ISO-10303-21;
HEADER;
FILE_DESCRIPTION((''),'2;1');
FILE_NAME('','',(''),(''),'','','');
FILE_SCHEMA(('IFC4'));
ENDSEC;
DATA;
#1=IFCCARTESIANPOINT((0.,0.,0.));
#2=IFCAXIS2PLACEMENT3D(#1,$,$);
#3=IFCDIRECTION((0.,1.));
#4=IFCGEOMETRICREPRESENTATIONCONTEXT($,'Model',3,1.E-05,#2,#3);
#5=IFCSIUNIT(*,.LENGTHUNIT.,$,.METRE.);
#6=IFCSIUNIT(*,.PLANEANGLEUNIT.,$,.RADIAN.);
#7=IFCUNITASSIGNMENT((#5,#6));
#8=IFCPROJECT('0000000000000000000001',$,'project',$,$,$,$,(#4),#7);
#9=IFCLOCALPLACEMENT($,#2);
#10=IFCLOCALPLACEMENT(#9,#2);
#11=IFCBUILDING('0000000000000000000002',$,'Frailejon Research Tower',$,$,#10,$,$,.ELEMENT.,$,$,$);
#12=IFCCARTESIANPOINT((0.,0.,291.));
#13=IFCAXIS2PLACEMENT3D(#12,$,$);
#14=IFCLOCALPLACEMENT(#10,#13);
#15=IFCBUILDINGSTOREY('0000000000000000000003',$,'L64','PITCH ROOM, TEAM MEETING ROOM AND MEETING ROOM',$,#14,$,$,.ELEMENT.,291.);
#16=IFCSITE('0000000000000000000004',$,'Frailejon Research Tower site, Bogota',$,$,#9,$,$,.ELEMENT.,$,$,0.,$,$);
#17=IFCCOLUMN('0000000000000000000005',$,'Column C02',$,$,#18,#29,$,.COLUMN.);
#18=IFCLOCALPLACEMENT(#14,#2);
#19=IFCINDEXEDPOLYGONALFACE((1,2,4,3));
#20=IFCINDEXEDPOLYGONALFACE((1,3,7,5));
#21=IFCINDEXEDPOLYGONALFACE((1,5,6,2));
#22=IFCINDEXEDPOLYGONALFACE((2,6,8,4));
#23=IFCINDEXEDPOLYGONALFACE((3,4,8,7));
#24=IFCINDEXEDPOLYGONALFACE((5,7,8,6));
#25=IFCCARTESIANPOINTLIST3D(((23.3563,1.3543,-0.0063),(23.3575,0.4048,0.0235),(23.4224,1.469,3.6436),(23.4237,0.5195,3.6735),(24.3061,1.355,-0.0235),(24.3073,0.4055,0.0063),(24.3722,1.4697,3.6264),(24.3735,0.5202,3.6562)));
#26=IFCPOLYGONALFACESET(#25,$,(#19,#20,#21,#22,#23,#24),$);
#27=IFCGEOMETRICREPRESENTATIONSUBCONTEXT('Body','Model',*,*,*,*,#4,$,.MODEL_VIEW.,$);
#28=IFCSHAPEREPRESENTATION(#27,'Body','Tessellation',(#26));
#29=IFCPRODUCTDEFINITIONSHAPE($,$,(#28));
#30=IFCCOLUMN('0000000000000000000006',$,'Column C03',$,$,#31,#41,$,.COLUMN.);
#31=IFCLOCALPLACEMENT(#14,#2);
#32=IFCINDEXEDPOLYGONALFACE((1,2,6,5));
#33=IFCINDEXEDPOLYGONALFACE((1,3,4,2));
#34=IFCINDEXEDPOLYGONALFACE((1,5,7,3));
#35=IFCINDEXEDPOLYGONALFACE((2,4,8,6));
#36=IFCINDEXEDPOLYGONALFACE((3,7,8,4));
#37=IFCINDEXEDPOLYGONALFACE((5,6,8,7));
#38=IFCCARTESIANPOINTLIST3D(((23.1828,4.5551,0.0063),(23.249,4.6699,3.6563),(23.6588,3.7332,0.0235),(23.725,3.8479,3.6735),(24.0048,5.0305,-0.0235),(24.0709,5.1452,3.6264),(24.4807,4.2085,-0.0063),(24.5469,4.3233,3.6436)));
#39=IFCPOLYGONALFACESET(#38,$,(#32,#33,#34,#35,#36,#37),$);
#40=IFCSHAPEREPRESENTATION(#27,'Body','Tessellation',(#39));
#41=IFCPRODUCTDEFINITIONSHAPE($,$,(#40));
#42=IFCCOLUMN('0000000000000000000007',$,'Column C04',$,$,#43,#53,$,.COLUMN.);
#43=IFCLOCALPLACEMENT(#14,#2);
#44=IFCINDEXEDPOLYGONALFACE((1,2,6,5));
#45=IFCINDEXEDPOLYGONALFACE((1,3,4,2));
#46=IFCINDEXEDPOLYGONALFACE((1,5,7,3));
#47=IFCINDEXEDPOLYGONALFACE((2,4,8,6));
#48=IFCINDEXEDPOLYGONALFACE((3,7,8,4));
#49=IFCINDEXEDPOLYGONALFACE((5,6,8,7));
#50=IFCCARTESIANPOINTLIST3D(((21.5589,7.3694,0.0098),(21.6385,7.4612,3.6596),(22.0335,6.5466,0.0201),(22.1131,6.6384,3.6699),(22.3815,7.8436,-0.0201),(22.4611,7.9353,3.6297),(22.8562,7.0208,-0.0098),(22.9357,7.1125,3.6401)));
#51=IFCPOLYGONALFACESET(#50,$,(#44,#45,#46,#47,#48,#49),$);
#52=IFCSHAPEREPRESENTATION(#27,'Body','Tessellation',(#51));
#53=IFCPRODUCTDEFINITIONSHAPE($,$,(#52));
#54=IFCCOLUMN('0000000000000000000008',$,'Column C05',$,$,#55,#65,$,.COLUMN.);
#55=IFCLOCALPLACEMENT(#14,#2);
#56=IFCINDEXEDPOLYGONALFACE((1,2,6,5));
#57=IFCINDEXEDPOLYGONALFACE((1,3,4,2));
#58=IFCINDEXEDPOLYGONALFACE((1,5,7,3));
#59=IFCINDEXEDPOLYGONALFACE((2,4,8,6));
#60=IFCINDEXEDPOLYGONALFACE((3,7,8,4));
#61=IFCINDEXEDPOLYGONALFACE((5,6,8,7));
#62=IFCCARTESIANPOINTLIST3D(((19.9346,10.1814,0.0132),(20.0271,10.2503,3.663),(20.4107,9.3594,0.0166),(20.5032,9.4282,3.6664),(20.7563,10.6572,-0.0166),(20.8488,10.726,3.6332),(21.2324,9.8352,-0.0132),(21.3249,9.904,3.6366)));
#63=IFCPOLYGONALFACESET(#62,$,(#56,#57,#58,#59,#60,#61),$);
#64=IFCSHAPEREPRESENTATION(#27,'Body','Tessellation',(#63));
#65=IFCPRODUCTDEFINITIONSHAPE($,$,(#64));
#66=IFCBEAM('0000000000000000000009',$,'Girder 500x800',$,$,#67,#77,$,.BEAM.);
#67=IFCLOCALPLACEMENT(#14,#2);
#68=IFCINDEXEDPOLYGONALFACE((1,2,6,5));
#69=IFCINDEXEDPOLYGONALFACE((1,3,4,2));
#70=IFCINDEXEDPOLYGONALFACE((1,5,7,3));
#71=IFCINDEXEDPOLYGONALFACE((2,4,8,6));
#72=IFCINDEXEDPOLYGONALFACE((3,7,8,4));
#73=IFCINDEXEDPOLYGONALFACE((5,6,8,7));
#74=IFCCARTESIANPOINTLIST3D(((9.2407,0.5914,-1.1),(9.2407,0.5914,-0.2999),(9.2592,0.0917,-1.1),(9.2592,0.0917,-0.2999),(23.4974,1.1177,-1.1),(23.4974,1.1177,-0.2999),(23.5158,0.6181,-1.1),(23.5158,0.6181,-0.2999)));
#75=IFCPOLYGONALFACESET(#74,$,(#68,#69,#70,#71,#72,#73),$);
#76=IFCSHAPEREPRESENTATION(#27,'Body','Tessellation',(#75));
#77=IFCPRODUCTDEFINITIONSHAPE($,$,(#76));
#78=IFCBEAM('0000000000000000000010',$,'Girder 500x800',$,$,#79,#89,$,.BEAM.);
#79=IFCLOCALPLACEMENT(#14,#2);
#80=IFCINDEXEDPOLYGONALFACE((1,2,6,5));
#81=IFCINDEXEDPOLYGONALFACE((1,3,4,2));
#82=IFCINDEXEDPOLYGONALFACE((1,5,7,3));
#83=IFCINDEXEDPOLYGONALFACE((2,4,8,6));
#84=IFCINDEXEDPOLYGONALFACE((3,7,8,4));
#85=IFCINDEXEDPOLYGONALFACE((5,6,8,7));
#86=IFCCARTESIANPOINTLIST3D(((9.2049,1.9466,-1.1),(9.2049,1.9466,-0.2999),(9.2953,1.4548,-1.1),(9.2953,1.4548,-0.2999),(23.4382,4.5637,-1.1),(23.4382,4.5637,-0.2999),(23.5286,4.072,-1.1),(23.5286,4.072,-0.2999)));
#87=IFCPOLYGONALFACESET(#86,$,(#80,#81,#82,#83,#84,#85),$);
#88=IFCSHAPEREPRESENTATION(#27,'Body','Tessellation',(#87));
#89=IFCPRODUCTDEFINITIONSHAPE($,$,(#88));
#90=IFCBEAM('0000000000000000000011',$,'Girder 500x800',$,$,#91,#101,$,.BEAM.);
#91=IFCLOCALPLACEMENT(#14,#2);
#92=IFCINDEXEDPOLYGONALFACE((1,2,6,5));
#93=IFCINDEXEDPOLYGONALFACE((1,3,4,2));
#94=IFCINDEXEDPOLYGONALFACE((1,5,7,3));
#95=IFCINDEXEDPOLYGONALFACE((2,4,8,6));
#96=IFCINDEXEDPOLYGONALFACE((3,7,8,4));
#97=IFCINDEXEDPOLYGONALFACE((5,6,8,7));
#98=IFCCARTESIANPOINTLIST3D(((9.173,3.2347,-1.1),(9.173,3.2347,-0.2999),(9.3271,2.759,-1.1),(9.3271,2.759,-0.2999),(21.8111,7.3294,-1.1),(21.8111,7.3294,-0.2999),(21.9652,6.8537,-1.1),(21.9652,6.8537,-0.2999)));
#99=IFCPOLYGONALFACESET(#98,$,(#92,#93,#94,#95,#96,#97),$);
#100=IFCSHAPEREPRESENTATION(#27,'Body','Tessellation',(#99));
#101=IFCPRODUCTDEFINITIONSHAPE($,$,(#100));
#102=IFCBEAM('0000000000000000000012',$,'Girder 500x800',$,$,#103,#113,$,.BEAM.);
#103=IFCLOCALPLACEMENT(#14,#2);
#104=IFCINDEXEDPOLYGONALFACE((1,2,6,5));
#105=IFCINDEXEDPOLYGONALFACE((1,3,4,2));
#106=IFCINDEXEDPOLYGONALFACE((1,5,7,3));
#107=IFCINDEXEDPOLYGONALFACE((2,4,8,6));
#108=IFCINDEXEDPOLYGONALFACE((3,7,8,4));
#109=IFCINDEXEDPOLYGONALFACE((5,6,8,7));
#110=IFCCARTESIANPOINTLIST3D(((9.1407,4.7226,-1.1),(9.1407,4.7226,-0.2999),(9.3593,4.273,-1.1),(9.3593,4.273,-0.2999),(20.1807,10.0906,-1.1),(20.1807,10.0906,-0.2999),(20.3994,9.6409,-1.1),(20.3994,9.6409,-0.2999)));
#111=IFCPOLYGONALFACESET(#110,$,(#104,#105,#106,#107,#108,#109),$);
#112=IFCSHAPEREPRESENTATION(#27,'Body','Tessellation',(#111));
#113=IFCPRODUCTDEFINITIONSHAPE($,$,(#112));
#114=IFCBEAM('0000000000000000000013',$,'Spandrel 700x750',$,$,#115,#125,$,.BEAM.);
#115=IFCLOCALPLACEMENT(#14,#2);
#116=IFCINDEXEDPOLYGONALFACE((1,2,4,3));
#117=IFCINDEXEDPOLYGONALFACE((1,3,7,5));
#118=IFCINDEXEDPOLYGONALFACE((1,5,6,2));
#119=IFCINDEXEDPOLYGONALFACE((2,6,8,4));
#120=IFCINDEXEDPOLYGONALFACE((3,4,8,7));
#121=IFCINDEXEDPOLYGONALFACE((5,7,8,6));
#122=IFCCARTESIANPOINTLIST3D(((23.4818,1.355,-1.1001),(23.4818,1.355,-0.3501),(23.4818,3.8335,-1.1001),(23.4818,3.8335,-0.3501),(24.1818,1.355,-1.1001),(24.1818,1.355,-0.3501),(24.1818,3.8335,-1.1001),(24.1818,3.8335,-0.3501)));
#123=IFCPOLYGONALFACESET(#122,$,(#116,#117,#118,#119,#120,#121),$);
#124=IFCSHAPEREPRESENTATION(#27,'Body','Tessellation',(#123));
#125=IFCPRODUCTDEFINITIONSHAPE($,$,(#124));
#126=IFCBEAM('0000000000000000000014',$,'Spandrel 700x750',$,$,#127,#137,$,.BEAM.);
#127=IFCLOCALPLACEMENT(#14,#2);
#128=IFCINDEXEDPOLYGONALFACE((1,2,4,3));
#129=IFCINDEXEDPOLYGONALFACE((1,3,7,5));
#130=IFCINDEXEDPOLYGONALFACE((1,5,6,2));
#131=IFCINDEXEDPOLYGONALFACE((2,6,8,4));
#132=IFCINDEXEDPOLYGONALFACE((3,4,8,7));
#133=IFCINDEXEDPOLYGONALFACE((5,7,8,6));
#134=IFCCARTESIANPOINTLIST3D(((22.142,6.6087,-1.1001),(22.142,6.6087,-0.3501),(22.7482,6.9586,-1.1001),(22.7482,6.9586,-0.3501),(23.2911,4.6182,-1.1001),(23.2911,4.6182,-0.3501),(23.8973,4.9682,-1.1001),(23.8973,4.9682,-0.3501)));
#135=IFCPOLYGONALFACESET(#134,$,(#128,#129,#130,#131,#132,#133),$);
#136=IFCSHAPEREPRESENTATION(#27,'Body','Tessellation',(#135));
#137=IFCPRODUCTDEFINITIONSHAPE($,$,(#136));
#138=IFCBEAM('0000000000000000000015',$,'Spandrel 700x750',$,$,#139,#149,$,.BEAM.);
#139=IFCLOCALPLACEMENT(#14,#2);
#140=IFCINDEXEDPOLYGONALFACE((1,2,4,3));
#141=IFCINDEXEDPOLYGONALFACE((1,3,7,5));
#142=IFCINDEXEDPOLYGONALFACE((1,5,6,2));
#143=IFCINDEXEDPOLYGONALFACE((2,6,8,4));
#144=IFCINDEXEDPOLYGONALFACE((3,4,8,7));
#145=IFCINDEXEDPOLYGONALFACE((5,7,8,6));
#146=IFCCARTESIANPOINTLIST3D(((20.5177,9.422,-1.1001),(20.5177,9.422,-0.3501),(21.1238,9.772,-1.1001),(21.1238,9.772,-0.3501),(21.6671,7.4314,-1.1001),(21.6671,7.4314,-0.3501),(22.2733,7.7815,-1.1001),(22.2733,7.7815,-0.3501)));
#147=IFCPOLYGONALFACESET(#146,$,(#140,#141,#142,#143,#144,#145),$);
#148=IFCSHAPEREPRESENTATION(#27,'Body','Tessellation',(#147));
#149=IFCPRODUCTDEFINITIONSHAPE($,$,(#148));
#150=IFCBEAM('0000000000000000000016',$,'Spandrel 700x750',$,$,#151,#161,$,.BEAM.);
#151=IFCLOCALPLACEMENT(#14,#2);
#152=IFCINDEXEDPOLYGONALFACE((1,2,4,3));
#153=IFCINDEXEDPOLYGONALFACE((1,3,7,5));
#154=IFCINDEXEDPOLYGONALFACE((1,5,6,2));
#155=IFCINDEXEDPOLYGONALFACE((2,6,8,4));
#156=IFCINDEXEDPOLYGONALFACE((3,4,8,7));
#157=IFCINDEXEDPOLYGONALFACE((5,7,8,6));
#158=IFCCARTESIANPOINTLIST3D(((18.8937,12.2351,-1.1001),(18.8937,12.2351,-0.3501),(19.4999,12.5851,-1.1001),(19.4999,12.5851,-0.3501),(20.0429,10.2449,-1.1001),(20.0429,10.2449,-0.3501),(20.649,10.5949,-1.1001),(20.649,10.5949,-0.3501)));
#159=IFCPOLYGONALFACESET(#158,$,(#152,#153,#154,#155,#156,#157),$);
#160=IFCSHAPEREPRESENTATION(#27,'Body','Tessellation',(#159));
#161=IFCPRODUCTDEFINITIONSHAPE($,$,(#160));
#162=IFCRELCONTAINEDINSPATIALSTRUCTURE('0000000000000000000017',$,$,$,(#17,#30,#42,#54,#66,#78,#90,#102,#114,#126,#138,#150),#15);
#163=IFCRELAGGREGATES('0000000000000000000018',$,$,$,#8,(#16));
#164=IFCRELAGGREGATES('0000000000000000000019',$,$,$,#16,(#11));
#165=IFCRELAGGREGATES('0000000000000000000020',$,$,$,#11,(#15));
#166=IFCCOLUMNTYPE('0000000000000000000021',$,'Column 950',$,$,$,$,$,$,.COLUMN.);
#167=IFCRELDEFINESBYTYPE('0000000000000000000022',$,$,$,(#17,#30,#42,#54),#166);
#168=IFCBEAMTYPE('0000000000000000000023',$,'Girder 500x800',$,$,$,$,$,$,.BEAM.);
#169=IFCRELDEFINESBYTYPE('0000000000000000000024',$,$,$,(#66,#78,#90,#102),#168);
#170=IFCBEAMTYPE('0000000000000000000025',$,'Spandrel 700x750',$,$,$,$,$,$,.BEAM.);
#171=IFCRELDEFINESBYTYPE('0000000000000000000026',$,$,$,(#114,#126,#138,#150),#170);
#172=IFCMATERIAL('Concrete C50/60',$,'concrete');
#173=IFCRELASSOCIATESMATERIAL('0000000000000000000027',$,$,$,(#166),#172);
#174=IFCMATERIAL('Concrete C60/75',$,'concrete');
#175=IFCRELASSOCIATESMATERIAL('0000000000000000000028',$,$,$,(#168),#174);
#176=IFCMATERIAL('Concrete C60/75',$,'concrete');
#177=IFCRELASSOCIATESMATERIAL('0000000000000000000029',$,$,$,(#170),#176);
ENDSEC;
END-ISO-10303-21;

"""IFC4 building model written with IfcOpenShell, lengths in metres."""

from ifc_helpers import new_model, si_unit, direction, frame, origin, origin_2d, place, context, subcontext, project, spatial, rectangle, extrude, material, material_profile, profile_set, type_object, element, save


model = new_model("IFC4")

# Units and contexts
model_context = context("Model", 3, precision=1e-05, world=origin(), true_north=direction((0.0, 1.0)))
body_context = subcontext(model_context, "Body", "Model", "MODEL_VIEW")
ifc_project = project(units=[si_unit("LENGTHUNIT", "METRE"), si_unit("PLANEANGLEUNIT", "RADIAN")], contexts=[model_context])

# Site, building, storey
site_placement = place(None, origin())
site = spatial("IfcSite", under=ifc_project, at=site_placement, Name="Frailejon Research Tower site, Bogota", CompositionType="ELEMENT", RefElevation=0.0)
building_placement = place(site_placement, origin())
building = spatial("IfcBuilding", under=site, at=building_placement, Name="Frailejon Research Tower", CompositionType="ELEMENT")
storey_placement = place(building_placement, frame((0.0, 0.0, 291.0)))
storey = spatial("IfcBuildingStorey", under=building, at=storey_placement, Name="L64", Description="PITCH ROOM, TEAM MEETING ROOM AND MEETING ROOM", CompositionType="ELEMENT", Elevation=291.0)

# Columns
ifc_material_1 = material(Name="Concrete C50/60", Category="concrete")
ifc_material_profile_1 = material_profile(ifc_material_1, rectangle(XDim=0.95, YDim=0.95, at=origin_2d()), Name="Column 950")
ifc_profile_set_1 = profile_set([ifc_material_profile_1], Name="Concrete C50/60")
column_type = type_object("IfcColumnType", Name="Column 950", PredefinedType="COLUMN", material=ifc_profile_set_1)
for number, where, z_axis, x_axis, name in (
    (1, (23.8318, 0.8799, 0.0), (0.018115, 0.031417, 0.999342), (-0.001297, 0.999506, -0.031399), "Column C02"),
    (2, (23.8318, 4.3818, 0.0), (0.018115, 0.031417, 0.999342), (-0.501041, 0.865234, -0.018119), "Column C03"),
):
    element("IfcColumn", number, at=place(storey_placement, frame(where, z_axis=z_axis, x_axis=x_axis)), inside=storey, type_object=column_type, Name=name, PredefinedType="COLUMN", context=body_context, shape_type="SweptSolid", body=[
        extrude(rectangle(XDim=0.95, YDim=0.95, at=origin_2d()), origin(), (0.0, 0.0, 1.0), 3.6523),
    ])
column_1_placement = place(storey_placement, frame((22.2075, 7.1951, 0.0), z_axis=(0.021794, 0.025137, 0.999446), x_axis=(-0.499665, 0.86615, -0.010888)))
element("IfcColumn", 3, at=column_1_placement, inside=storey, type_object=column_type, Name="Column C04", PredefinedType="COLUMN", context=body_context, shape_type="SweptSolid", body=[
    extrude(rectangle(XDim=0.95, YDim=0.95, at=origin_2d()), origin(), (0.0, 0.0, 1.0), 3.6519),
])
column_2_placement = place(storey_placement, frame((20.5835, 10.0083, 0.0), z_axis=(0.025339, 0.018853, 0.999501), x_axis=(-0.501176, 0.865338, -0.003617)))
element("IfcColumn", 4, at=column_2_placement, inside=storey, type_object=column_type, Name="Column C05", PredefinedType="COLUMN", context=body_context, shape_type="SweptSolid", body=[
    extrude(rectangle(XDim=0.95, YDim=0.95, at=origin_2d()), origin(), (0.0, 0.0, 1.0), 3.6516),
])

# Beams
ifc_material_2 = material(Name="Concrete C60/75", Category="concrete")
ifc_material_profile_2 = material_profile(ifc_material_2, rectangle(XDim=0.5, YDim=0.8, at=origin_2d()), Name="Girder 500x800")
ifc_profile_set_2 = profile_set([ifc_material_profile_2], Name="Concrete C60/75")
beam_type_1 = type_object("IfcBeamType", Name="Girder 500x800", PredefinedType="BEAM", material=ifc_profile_set_2)
beam_1_placement = place(storey_placement, frame((23.5066, 0.8679, -0.7), z_axis=(-0.999319, -0.036896, 0.0), x_axis=(0.036896, -0.999319, 0.0)))
element("IfcBeam", 5, at=beam_1_placement, inside=storey, type_object=beam_type_1, Name="Girder 500x800", PredefinedType="BEAM", context=body_context, shape_type="SweptSolid", body=[
    extrude(rectangle(XDim=0.5, YDim=0.8, at=origin_2d()), origin(), (0.0, 0.0, 1.0), 14.2664),
])
beam_2_placement = place(storey_placement, frame((23.4834, 4.3179, -0.7), z_axis=(-0.983512, -0.180845, 0.0), x_axis=(0.180845, -0.983512, 0.0)))
element("IfcBeam", 6, at=beam_2_placement, inside=storey, type_object=beam_type_1, Name="Girder 500x800", PredefinedType="BEAM", context=body_context, shape_type="SweptSolid", body=[
    extrude(rectangle(XDim=0.5, YDim=0.8, at=origin_2d()), origin(), (0.0, 0.0, 1.0), 14.4719),
])
beam_3_placement = place(storey_placement, frame((21.8882, 7.0916, -0.7), z_axis=(-0.951314, -0.308222, 0.0), x_axis=(0.308222, -0.951314, 0.0)))
element("IfcBeam", 7, at=beam_3_placement, inside=storey, type_object=beam_type_1, Name="Girder 500x800", PredefinedType="BEAM", context=body_context, shape_type="SweptSolid", body=[
    extrude(rectangle(XDim=0.5, YDim=0.8, at=origin_2d()), origin(), (0.0, 0.0, 1.0), 13.2849),
])
beam_4_placement = place(storey_placement, frame((20.29, 9.8657, -0.7), z_axis=(-0.899328, -0.437274, 0.0), x_axis=(0.437274, -0.899328, 0.0)))
element("IfcBeam", 8, at=beam_4_placement, inside=storey, type_object=beam_type_1, Name="Girder 500x800", PredefinedType="BEAM", context=body_context, shape_type="SweptSolid", body=[
    extrude(rectangle(XDim=0.5, YDim=0.8, at=origin_2d()), origin(), (0.0, 0.0, 1.0), 12.2759),
])
ifc_material_3 = material(Name="Concrete C60/75", Category="concrete")
ifc_material_profile_3 = material_profile(ifc_material_3, rectangle(XDim=0.7, YDim=0.75, at=origin_2d()), Name="Spandrel 700x750")
ifc_profile_set_3 = profile_set([ifc_material_profile_3], Name="Concrete C60/75")
beam_type_2 = type_object("IfcBeamType", Name="Spandrel 700x750", PredefinedType="BEAM", material=ifc_profile_set_3)
beam_5_placement = place(storey_placement, frame((23.8318, 1.355, -0.7251), z_axis=(0.0, 1.0, 0.0), x_axis=(-1.0, 0.0, 0.0)))
element("IfcBeam", 9, at=beam_5_placement, inside=storey, type_object=beam_type_2, Name="Spandrel 700x750", PredefinedType="BEAM", context=body_context, shape_type="SweptSolid", body=[
    extrude(rectangle(XDim=0.7, YDim=0.75, at=origin_2d()), origin(), (0.0, 0.0, 1.0), 2.4785),
])
beam_6_placement = place(storey_placement, frame((23.5942, 4.7932, -0.7251), z_axis=(-0.499989, 0.866032, 0.0), x_axis=(-0.866032, -0.499989, 0.0)))
element("IfcBeam", 10, at=beam_6_placement, inside=storey, type_object=beam_type_2, Name="Spandrel 700x750", PredefinedType="BEAM", context=body_context, shape_type="SweptSolid", body=[
    extrude(rectangle(XDim=0.7, YDim=0.75, at=origin_2d()), origin(), (0.0, 0.0, 1.0), 2.2983),
])
beam_7_placement = place(storey_placement, frame((21.9702, 7.6064, -0.7251), z_axis=(-0.500069, 0.865986, 0.0), x_axis=(-0.865986, -0.500069, 0.0)))
element("IfcBeam", 11, at=beam_7_placement, inside=storey, type_object=beam_type_2, Name="Spandrel 700x750", PredefinedType="BEAM", context=body_context, shape_type="SweptSolid", body=[
    extrude(rectangle(XDim=0.7, YDim=0.75, at=origin_2d()), origin(), (0.0, 0.0, 1.0), 2.2986),
])
beam_8_placement = place(storey_placement, frame((20.3459, 10.4199, -0.7251), z_axis=(-0.500035, 0.866005, 0.0), x_axis=(-0.866005, -0.500035, 0.0)))
element("IfcBeam", 12, at=beam_8_placement, inside=storey, type_object=beam_type_2, Name="Spandrel 700x750", PredefinedType="BEAM", context=body_context, shape_type="SweptSolid", body=[
    extrude(rectangle(XDim=0.7, YDim=0.75, at=origin_2d()), origin(), (0.0, 0.0, 1.0), 2.2981),
])

save(model, "model.ifc")
